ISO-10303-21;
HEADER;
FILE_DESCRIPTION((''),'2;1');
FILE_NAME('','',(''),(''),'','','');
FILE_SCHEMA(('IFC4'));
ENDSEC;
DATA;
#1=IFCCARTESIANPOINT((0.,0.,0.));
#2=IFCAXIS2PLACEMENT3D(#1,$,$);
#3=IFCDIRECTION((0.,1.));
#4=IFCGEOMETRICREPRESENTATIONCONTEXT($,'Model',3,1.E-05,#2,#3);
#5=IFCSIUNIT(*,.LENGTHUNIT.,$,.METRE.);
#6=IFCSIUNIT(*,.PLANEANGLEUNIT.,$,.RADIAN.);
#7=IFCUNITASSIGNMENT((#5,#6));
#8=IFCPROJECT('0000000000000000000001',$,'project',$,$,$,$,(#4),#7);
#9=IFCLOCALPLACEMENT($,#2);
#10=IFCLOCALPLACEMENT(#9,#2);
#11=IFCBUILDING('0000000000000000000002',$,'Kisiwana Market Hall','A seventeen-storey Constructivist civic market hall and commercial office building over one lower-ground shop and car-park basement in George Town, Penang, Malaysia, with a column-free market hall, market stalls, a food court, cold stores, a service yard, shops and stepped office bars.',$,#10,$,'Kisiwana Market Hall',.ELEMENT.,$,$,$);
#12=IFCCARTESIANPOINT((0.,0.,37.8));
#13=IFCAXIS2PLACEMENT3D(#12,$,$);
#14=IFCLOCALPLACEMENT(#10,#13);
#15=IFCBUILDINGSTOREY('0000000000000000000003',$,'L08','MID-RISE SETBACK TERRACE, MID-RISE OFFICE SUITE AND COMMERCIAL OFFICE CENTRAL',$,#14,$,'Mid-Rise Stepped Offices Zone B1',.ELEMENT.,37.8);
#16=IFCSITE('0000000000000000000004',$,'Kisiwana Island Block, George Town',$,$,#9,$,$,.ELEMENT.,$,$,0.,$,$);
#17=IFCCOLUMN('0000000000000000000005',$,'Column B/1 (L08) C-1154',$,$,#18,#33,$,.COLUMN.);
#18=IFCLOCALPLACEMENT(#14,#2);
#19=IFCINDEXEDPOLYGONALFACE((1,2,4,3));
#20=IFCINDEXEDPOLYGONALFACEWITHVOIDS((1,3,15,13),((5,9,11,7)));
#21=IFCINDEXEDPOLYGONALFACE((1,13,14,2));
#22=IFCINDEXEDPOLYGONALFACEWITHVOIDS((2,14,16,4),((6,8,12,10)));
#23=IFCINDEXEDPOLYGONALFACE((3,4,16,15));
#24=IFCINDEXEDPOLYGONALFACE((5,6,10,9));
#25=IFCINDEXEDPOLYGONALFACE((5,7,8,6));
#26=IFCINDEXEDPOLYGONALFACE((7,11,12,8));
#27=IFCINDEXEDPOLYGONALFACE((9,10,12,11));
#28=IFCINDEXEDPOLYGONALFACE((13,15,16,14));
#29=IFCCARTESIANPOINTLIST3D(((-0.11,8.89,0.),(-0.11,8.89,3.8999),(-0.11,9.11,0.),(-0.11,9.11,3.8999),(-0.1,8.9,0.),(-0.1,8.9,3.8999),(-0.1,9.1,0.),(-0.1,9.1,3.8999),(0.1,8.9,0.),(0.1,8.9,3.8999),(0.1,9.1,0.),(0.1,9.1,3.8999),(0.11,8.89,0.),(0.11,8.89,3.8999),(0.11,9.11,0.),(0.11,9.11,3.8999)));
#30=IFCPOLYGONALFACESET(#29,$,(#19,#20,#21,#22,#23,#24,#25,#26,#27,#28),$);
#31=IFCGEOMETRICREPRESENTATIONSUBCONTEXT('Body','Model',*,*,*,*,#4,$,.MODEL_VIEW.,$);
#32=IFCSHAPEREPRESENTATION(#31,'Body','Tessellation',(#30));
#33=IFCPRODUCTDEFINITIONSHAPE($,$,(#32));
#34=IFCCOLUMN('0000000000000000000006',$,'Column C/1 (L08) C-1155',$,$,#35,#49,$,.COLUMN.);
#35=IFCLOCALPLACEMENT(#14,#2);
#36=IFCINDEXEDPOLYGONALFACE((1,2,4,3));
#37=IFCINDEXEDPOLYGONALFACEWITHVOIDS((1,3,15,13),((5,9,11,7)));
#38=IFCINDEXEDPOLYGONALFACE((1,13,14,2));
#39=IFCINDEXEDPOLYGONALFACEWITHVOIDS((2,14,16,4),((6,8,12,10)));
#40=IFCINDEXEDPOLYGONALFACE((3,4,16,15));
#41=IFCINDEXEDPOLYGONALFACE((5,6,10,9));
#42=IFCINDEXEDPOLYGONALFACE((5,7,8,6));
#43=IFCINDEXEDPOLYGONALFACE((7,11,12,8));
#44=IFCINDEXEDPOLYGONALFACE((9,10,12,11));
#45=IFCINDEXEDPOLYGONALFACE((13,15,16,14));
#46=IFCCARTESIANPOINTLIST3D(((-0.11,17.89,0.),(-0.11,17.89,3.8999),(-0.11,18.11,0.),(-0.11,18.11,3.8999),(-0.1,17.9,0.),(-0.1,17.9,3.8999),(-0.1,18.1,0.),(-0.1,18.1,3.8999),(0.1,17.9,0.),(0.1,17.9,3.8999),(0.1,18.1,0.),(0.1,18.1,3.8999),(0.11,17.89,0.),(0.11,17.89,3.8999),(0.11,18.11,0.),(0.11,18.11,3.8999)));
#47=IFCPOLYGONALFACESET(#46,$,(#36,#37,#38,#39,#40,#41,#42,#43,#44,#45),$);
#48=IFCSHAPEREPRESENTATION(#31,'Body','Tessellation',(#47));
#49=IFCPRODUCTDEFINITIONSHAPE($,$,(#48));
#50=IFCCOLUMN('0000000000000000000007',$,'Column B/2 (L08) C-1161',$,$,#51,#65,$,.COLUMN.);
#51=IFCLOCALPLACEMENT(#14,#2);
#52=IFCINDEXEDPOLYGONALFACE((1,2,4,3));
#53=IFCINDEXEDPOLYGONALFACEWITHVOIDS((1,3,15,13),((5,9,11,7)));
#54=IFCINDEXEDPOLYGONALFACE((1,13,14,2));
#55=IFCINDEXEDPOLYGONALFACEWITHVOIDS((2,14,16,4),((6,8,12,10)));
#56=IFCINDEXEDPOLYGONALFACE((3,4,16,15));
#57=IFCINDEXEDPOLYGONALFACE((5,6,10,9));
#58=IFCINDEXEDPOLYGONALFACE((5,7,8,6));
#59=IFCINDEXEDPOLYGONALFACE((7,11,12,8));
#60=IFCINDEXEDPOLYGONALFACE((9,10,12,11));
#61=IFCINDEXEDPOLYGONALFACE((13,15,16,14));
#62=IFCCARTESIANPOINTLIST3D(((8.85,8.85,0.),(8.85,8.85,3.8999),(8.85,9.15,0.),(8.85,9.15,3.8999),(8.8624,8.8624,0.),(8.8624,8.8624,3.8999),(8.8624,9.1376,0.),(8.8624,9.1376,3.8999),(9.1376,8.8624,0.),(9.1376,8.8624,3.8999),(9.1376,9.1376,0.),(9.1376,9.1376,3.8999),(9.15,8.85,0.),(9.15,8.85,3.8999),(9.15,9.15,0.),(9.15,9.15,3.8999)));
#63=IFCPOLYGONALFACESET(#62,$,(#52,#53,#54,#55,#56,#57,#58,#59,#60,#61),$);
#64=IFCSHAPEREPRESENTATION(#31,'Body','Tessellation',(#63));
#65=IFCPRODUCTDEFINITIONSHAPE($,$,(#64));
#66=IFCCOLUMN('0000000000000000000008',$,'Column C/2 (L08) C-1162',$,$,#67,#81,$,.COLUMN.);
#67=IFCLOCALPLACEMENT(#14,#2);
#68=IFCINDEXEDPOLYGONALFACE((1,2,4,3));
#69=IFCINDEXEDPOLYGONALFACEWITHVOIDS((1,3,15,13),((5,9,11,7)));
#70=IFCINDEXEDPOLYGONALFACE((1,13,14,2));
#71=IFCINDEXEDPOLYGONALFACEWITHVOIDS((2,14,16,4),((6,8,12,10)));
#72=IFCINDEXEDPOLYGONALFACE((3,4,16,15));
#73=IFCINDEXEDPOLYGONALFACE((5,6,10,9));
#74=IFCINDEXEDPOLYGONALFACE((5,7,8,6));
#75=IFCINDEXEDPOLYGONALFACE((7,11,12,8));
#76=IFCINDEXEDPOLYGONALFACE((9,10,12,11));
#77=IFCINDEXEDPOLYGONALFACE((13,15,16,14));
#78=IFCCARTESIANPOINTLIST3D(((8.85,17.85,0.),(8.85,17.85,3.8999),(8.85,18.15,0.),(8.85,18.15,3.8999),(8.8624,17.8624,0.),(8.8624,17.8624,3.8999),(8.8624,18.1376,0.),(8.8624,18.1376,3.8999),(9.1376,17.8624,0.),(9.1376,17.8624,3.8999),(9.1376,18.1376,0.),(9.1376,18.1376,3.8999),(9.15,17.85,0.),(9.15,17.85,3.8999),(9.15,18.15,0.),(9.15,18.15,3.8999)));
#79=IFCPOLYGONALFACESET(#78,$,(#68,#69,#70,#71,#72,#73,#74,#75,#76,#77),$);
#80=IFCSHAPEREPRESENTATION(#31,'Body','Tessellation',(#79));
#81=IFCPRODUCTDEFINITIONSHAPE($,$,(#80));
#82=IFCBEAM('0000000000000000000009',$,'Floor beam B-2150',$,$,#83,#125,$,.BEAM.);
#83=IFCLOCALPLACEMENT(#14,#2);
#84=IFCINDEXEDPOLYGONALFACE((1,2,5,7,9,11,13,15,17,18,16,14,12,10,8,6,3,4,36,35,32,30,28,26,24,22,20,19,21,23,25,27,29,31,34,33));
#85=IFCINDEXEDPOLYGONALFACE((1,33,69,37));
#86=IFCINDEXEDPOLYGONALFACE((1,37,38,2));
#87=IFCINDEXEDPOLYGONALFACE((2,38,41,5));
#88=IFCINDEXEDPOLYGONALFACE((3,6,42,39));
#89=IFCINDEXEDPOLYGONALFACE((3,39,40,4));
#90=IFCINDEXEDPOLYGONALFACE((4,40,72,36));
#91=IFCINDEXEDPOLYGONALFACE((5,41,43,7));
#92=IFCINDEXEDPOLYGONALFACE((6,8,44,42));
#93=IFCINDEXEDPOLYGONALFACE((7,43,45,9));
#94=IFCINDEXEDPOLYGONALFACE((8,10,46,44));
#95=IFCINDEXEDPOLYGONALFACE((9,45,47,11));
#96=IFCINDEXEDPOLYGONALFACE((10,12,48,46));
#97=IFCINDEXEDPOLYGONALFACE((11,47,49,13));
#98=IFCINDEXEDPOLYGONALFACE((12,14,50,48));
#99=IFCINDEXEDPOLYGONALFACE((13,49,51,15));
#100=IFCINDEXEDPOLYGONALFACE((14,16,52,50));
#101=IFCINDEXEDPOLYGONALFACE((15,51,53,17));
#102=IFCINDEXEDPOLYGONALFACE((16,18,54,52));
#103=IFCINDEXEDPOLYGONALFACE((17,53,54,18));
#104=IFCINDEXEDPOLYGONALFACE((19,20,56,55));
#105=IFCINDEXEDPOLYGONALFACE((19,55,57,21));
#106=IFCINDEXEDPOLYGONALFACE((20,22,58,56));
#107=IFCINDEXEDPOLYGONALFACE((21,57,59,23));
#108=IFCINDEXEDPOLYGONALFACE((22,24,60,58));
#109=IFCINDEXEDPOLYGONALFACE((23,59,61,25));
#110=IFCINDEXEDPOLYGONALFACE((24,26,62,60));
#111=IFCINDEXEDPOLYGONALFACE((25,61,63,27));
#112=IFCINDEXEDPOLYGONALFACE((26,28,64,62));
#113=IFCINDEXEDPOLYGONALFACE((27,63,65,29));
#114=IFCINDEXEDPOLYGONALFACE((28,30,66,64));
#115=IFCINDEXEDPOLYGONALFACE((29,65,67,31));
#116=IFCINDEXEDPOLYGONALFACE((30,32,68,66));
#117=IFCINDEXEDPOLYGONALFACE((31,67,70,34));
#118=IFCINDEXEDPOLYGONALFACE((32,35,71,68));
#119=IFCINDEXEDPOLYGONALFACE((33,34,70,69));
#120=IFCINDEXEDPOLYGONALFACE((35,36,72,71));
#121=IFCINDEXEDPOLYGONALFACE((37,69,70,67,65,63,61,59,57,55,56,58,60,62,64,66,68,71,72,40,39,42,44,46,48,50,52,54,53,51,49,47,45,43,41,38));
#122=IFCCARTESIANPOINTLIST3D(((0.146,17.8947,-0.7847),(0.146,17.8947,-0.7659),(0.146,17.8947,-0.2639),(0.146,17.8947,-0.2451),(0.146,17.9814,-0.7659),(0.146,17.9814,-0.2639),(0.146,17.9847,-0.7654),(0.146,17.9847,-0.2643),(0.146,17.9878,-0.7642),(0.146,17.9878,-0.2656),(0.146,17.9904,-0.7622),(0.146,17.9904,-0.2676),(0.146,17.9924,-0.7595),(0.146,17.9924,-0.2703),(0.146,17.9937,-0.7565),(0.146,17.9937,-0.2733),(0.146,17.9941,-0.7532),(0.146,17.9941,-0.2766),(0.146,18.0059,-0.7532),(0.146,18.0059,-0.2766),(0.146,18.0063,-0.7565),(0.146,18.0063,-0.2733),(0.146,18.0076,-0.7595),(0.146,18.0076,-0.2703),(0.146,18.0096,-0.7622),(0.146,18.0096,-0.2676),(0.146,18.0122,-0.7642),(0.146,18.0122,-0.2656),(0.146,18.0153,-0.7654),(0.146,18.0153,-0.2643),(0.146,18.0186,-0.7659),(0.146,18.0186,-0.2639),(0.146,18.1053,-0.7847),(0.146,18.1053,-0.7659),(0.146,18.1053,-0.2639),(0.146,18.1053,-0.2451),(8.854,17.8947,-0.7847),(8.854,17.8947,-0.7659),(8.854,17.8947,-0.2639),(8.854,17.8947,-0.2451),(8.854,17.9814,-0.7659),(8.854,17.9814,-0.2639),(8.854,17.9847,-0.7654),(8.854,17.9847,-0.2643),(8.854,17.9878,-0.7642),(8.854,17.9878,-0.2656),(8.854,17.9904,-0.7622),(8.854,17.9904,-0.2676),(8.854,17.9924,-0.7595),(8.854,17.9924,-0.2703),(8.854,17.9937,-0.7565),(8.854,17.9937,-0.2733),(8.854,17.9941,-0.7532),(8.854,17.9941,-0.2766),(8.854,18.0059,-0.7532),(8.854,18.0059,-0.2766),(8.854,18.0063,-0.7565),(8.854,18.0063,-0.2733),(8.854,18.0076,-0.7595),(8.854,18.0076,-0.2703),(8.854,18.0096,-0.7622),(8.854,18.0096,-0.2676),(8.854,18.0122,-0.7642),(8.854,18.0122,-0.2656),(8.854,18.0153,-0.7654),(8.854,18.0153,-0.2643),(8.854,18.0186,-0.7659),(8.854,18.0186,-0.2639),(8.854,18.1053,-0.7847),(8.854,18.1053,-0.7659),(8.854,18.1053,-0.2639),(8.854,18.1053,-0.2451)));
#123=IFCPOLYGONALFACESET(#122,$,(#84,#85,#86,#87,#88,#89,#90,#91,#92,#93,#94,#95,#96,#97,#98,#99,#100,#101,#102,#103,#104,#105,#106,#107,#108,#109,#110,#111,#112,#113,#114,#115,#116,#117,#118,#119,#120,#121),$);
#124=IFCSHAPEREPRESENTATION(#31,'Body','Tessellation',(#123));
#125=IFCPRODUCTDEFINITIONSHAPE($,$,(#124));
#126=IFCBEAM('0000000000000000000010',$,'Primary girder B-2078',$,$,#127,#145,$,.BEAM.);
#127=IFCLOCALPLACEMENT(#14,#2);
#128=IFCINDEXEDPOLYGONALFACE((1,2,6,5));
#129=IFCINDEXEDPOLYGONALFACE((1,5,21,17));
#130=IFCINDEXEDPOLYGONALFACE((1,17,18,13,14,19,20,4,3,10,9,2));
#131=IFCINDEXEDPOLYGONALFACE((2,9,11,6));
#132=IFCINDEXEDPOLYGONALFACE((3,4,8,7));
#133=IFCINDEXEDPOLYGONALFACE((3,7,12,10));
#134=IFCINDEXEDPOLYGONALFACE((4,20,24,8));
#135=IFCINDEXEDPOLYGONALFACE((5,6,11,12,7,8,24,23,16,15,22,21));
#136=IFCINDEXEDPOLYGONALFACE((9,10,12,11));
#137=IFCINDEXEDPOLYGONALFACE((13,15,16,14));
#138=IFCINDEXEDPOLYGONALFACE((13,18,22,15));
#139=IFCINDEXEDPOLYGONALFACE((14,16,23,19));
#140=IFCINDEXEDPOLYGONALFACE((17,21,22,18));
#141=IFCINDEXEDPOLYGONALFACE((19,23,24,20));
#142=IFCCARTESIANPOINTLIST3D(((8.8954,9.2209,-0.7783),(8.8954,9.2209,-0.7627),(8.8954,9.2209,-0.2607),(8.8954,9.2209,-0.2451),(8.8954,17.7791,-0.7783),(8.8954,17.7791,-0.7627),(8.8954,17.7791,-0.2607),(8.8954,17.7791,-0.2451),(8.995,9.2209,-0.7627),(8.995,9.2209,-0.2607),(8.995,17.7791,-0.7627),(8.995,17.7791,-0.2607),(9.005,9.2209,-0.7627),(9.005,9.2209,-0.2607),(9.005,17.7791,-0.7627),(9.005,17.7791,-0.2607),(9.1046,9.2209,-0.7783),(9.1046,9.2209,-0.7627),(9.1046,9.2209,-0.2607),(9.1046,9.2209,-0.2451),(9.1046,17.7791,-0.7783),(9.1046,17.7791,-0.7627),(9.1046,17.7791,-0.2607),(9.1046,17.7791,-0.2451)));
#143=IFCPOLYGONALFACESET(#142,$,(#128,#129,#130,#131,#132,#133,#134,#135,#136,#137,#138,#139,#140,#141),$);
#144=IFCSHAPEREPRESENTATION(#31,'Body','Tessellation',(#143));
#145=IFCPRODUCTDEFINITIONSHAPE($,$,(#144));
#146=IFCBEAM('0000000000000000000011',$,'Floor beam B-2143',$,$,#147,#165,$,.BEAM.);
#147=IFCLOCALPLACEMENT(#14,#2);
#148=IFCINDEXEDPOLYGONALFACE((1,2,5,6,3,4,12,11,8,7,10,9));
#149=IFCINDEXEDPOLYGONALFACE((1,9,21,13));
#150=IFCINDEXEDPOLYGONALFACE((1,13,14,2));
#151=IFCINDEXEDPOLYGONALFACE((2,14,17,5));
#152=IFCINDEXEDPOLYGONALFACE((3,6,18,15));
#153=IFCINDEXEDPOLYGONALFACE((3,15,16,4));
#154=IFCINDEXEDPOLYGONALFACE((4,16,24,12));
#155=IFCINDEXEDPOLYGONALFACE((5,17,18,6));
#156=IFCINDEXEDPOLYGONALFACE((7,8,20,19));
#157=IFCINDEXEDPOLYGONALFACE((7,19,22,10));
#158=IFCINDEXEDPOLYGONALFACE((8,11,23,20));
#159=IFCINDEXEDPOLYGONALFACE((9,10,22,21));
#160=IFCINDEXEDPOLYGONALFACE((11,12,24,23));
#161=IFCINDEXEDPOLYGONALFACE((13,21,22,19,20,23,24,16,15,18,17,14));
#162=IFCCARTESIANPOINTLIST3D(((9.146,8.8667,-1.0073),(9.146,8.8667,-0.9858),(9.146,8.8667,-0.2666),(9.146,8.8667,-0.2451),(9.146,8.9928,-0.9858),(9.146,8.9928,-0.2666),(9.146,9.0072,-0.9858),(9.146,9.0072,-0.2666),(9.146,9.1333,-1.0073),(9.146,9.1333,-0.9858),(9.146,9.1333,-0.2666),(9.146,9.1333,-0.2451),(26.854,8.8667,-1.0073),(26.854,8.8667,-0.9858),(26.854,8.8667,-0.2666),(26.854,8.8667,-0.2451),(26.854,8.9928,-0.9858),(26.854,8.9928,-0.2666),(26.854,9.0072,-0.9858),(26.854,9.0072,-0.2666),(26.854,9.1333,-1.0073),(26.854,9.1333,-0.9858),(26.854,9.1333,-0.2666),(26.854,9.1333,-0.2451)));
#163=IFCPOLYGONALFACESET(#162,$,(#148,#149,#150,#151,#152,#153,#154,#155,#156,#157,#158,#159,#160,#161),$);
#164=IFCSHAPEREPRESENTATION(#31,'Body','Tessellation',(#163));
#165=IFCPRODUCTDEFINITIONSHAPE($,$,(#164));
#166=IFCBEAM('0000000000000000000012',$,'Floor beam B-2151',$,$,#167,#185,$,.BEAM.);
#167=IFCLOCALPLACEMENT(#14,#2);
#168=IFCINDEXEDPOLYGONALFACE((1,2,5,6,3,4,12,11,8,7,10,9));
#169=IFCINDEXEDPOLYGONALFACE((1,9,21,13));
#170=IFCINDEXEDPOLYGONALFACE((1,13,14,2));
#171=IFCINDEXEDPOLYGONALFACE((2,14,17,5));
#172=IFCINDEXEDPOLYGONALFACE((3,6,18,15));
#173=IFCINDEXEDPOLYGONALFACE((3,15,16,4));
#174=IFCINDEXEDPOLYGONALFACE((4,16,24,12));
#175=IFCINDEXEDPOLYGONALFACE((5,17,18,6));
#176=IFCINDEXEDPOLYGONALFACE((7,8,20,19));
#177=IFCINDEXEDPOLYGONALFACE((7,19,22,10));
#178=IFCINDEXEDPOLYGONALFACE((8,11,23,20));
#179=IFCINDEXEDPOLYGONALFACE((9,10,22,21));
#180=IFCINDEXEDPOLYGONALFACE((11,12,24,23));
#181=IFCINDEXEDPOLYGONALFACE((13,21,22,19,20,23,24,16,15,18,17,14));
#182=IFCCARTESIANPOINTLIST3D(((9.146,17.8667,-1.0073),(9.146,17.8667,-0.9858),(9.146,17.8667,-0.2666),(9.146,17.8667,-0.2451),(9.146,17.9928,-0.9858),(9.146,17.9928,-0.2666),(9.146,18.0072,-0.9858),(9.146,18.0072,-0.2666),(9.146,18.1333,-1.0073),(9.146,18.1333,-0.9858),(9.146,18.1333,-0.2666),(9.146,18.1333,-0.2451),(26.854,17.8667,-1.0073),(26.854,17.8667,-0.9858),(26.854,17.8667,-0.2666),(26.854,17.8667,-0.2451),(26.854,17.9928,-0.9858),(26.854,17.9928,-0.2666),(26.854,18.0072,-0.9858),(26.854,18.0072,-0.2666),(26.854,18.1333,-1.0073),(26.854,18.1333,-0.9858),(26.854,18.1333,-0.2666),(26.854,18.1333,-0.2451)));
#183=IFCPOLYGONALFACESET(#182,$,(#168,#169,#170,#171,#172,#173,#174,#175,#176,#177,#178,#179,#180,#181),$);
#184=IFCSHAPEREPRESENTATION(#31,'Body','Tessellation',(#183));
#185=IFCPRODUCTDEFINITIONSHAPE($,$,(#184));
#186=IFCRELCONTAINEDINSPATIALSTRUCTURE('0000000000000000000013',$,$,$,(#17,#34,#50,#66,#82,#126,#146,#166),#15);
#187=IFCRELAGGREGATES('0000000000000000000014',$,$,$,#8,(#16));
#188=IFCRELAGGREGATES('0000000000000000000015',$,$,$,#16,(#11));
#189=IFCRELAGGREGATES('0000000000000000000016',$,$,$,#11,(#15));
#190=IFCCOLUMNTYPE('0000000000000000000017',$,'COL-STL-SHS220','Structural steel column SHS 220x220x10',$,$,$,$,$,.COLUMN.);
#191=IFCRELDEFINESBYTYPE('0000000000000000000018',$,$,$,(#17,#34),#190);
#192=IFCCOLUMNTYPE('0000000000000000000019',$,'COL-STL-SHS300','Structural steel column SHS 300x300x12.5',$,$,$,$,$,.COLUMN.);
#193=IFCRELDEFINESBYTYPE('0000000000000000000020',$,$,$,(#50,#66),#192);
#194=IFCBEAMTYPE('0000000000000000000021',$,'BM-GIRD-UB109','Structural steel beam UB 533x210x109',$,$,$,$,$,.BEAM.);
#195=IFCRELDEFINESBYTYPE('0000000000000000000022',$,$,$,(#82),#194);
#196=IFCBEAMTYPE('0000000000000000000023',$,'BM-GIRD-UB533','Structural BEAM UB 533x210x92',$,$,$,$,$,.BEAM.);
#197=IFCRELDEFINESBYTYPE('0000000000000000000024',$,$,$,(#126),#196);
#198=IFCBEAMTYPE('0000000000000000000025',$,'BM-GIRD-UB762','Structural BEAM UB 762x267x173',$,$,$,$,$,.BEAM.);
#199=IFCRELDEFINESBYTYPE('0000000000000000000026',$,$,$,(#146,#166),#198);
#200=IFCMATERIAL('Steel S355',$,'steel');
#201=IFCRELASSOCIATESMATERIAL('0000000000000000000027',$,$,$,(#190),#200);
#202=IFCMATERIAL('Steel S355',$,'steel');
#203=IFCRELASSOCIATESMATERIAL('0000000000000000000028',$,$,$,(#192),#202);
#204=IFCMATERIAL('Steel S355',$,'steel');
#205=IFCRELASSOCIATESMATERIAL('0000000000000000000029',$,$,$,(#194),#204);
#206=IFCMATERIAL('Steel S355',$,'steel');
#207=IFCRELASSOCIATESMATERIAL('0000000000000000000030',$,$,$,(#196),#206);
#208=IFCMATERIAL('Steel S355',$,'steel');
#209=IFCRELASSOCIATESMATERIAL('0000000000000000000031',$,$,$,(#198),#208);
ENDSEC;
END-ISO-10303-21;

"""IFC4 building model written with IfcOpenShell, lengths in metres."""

from ifc_helpers import new_model, si_unit, direction, frame, origin, origin_2d, place, context, subcontext, project, spatial, hollow_rectangle, i_section, extrude, material, material_profile, profile_set, type_object, element, save


model = new_model("IFC4")

# Units and contexts
model_context = context("Model", 3, precision=1e-05, world=origin(), true_north=direction((0.0, 1.0)))
body_context = subcontext(model_context, "Body", "Model", "MODEL_VIEW")
ifc_project = project(units=[si_unit("LENGTHUNIT", "METRE"), si_unit("PLANEANGLEUNIT", "RADIAN")], contexts=[model_context])

# Site, building, storey
site_placement = place(None, origin())
site = spatial("IfcSite", under=ifc_project, at=site_placement, Name="Kisiwana Island Block, George Town", CompositionType="ELEMENT", RefElevation=0.0)
building_placement = place(site_placement, origin())
building = spatial("IfcBuilding", under=site, at=building_placement, Name="Kisiwana Market Hall", Description="A seventeen-storey Constructivist civic market hall and commercial office building over one lower-ground shop and car-park basement in George Town, Penang, Malaysia, with a column-free market hall, market stalls, a food court, cold stores, a service yard, shops and stepped office bars.", LongName="Kisiwana Market Hall", CompositionType="ELEMENT")
storey_placement = place(building_placement, frame((0.0, 0.0, 37.8)))
storey = spatial("IfcBuildingStorey", under=building, at=storey_placement, Name="L08", Description="MID-RISE SETBACK TERRACE, MID-RISE OFFICE SUITE AND COMMERCIAL OFFICE CENTRAL", LongName="Mid-Rise Stepped Offices Zone B1", CompositionType="ELEMENT", Elevation=37.8)

# Columns
ifc_material_1 = material(Name="Steel S355", Category="steel")
ifc_material_profile_1 = material_profile(ifc_material_1, hollow_rectangle(XDim=0.22, YDim=0.22, WallThickness=0.01, at=origin_2d()), Name="SHS 220x220x10")
ifc_profile_set_1 = profile_set([ifc_material_profile_1], Name="Steel S355")
column_type_1 = type_object("IfcColumnType", Name="COL-STL-SHS220", Description="Structural steel column SHS 220x220x10", PredefinedType="COLUMN", material=ifc_profile_set_1)
for number, where, z_axis, x_axis, name in (
    (1, (0.0, 9.0, 0.0), (0.0, 0.0, 1.0), (1.0, 0.0, 0.0), "Column B/1 (L08) C-1154"),
    (2, (0.0, 18.0, 0.0), (0.0, 0.0, 1.0), (1.0, 0.0, 0.0), "Column C/1 (L08) C-1155"),
):
    element("IfcColumn", number, at=place(storey_placement, frame(where, z_axis=z_axis, x_axis=x_axis)), inside=storey, type_object=column_type_1, Name=name, PredefinedType="COLUMN", context=body_context, shape_type="SweptSolid", body=[
        extrude(hollow_rectangle(XDim=0.22, YDim=0.22, WallThickness=0.01, at=origin_2d()), origin(), (0.0, 0.0, 1.0), 3.8999),
    ])
ifc_material_2 = material(Name="Steel S355", Category="steel")
ifc_material_profile_2 = material_profile(ifc_material_2, hollow_rectangle(XDim=0.3, YDim=0.3, WallThickness=0.0125, at=origin_2d()), Name="SHS 300x300x12.5")
ifc_profile_set_2 = profile_set([ifc_material_profile_2], Name="Steel S355")
column_type_2 = type_object("IfcColumnType", Name="COL-STL-SHS300", Description="Structural steel column SHS 300x300x12.5", PredefinedType="COLUMN", material=ifc_profile_set_2)
for number, where, z_axis, x_axis, name in (
    (3, (9.0, 9.0, 0.0), (0.0, 0.0, 1.0), (1.0, 0.0, 0.0), "Column B/2 (L08) C-1161"),
    (4, (9.0, 18.0, 0.0), (0.0, 0.0, 1.0), (1.0, 0.0, 0.0), "Column C/2 (L08) C-1162"),
):
    element("IfcColumn", number, at=place(storey_placement, frame(where, z_axis=z_axis, x_axis=x_axis)), inside=storey, type_object=column_type_2, Name=name, PredefinedType="COLUMN", context=body_context, shape_type="SweptSolid", body=[
        extrude(hollow_rectangle(XDim=0.3, YDim=0.3, WallThickness=0.0125, at=origin_2d()), origin(), (0.0, 0.0, 1.0), 3.8999),
    ])

# Beams
ifc_material_3 = material(Name="Steel S355", Category="steel")
ifc_material_profile_3 = material_profile(ifc_material_3, i_section(OverallWidth=0.2107, OverallDepth=0.5396, WebThickness=0.0117, FlangeThickness=0.0188, FilletRadius=0.0127, at=origin_2d()), Name="UB 533x210x109")
ifc_profile_set_3 = profile_set([ifc_material_profile_3], Name="Steel S355")
beam_type_1 = type_object("IfcBeamType", Name="BM-GIRD-UB109", Description="Structural steel beam UB 533x210x109", PredefinedType="BEAM", material=ifc_profile_set_3)
beam_1_placement = place(storey_placement, frame((0.146, 18.0, -0.5149), z_axis=(1.0, 0.0, 0.0), x_axis=(0.0, 1.0, 0.0)))
element("IfcBeam", 5, at=beam_1_placement, inside=storey, type_object=beam_type_1, Name="Floor beam B-2150", PredefinedType="BEAM", context=body_context, shape_type="SweptSolid", body=[
    extrude(i_section(OverallWidth=0.2107, OverallDepth=0.5396, WebThickness=0.0117, FlangeThickness=0.0188, FilletRadius=0.0127, at=origin_2d()), origin(), (0.0, 0.0, 1.0), 8.708),
])
ifc_material_4 = material(Name="Steel S355", Category="steel")
ifc_material_profile_4 = material_profile(ifc_material_4, i_section(OverallWidth=0.2092, OverallDepth=0.5332, WebThickness=0.01, FlangeThickness=0.0156, at=origin_2d()), Name="UB 533x210x92")
ifc_profile_set_4 = profile_set([ifc_material_profile_4], Name="Steel S355")
beam_type_2 = type_object("IfcBeamType", Name="BM-GIRD-UB533", Description="Structural BEAM UB 533x210x92", PredefinedType="BEAM", material=ifc_profile_set_4)
beam_2_placement = place(storey_placement, frame((9.0, 9.2209, -0.5117), z_axis=(0.0, 1.0, 0.0), x_axis=(-1.0, 0.0, 0.0)))
element("IfcBeam", 6, at=beam_2_placement, inside=storey, type_object=beam_type_2, Name="Primary girder B-2078", PredefinedType="BEAM", context=body_context, shape_type="SweptSolid", body=[
    extrude(i_section(OverallWidth=0.2092, OverallDepth=0.5332, WebThickness=0.01, FlangeThickness=0.0156, at=origin_2d()), origin(), (0.0, 0.0, 1.0), 8.5581),
])
ifc_material_5 = material(Name="Steel S355", Category="steel")
ifc_material_profile_5 = material_profile(ifc_material_5, i_section(OverallWidth=0.2666, OverallDepth=0.7622, WebThickness=0.0144, FlangeThickness=0.0215, at=origin_2d()), Name="UB 762x267x173")
ifc_profile_set_5 = profile_set([ifc_material_profile_5], Name="Steel S355")
beam_type_3 = type_object("IfcBeamType", Name="BM-GIRD-UB762", Description="Structural BEAM UB 762x267x173", PredefinedType="BEAM", material=ifc_profile_set_5)
for number, where, z_axis, x_axis, name in (
    (7, (9.146, 9.0, -0.6262), (1.0, 0.0, 0.0), (0.0, 1.0, 0.0), "Floor beam B-2143"),
    (8, (9.146, 18.0, -0.6262), (1.0, 0.0, 0.0), (0.0, 1.0, 0.0), "Floor beam B-2151"),
):
    element("IfcBeam", number, at=place(storey_placement, frame(where, z_axis=z_axis, x_axis=x_axis)), inside=storey, type_object=beam_type_3, Name=name, PredefinedType="BEAM", context=body_context, shape_type="SweptSolid", body=[
        extrude(i_section(OverallWidth=0.2666, OverallDepth=0.7622, WebThickness=0.0144, FlangeThickness=0.0215, at=origin_2d()), origin(), (0.0, 0.0, 1.0), 17.708),
    ])

save(model, "model.ifc")
